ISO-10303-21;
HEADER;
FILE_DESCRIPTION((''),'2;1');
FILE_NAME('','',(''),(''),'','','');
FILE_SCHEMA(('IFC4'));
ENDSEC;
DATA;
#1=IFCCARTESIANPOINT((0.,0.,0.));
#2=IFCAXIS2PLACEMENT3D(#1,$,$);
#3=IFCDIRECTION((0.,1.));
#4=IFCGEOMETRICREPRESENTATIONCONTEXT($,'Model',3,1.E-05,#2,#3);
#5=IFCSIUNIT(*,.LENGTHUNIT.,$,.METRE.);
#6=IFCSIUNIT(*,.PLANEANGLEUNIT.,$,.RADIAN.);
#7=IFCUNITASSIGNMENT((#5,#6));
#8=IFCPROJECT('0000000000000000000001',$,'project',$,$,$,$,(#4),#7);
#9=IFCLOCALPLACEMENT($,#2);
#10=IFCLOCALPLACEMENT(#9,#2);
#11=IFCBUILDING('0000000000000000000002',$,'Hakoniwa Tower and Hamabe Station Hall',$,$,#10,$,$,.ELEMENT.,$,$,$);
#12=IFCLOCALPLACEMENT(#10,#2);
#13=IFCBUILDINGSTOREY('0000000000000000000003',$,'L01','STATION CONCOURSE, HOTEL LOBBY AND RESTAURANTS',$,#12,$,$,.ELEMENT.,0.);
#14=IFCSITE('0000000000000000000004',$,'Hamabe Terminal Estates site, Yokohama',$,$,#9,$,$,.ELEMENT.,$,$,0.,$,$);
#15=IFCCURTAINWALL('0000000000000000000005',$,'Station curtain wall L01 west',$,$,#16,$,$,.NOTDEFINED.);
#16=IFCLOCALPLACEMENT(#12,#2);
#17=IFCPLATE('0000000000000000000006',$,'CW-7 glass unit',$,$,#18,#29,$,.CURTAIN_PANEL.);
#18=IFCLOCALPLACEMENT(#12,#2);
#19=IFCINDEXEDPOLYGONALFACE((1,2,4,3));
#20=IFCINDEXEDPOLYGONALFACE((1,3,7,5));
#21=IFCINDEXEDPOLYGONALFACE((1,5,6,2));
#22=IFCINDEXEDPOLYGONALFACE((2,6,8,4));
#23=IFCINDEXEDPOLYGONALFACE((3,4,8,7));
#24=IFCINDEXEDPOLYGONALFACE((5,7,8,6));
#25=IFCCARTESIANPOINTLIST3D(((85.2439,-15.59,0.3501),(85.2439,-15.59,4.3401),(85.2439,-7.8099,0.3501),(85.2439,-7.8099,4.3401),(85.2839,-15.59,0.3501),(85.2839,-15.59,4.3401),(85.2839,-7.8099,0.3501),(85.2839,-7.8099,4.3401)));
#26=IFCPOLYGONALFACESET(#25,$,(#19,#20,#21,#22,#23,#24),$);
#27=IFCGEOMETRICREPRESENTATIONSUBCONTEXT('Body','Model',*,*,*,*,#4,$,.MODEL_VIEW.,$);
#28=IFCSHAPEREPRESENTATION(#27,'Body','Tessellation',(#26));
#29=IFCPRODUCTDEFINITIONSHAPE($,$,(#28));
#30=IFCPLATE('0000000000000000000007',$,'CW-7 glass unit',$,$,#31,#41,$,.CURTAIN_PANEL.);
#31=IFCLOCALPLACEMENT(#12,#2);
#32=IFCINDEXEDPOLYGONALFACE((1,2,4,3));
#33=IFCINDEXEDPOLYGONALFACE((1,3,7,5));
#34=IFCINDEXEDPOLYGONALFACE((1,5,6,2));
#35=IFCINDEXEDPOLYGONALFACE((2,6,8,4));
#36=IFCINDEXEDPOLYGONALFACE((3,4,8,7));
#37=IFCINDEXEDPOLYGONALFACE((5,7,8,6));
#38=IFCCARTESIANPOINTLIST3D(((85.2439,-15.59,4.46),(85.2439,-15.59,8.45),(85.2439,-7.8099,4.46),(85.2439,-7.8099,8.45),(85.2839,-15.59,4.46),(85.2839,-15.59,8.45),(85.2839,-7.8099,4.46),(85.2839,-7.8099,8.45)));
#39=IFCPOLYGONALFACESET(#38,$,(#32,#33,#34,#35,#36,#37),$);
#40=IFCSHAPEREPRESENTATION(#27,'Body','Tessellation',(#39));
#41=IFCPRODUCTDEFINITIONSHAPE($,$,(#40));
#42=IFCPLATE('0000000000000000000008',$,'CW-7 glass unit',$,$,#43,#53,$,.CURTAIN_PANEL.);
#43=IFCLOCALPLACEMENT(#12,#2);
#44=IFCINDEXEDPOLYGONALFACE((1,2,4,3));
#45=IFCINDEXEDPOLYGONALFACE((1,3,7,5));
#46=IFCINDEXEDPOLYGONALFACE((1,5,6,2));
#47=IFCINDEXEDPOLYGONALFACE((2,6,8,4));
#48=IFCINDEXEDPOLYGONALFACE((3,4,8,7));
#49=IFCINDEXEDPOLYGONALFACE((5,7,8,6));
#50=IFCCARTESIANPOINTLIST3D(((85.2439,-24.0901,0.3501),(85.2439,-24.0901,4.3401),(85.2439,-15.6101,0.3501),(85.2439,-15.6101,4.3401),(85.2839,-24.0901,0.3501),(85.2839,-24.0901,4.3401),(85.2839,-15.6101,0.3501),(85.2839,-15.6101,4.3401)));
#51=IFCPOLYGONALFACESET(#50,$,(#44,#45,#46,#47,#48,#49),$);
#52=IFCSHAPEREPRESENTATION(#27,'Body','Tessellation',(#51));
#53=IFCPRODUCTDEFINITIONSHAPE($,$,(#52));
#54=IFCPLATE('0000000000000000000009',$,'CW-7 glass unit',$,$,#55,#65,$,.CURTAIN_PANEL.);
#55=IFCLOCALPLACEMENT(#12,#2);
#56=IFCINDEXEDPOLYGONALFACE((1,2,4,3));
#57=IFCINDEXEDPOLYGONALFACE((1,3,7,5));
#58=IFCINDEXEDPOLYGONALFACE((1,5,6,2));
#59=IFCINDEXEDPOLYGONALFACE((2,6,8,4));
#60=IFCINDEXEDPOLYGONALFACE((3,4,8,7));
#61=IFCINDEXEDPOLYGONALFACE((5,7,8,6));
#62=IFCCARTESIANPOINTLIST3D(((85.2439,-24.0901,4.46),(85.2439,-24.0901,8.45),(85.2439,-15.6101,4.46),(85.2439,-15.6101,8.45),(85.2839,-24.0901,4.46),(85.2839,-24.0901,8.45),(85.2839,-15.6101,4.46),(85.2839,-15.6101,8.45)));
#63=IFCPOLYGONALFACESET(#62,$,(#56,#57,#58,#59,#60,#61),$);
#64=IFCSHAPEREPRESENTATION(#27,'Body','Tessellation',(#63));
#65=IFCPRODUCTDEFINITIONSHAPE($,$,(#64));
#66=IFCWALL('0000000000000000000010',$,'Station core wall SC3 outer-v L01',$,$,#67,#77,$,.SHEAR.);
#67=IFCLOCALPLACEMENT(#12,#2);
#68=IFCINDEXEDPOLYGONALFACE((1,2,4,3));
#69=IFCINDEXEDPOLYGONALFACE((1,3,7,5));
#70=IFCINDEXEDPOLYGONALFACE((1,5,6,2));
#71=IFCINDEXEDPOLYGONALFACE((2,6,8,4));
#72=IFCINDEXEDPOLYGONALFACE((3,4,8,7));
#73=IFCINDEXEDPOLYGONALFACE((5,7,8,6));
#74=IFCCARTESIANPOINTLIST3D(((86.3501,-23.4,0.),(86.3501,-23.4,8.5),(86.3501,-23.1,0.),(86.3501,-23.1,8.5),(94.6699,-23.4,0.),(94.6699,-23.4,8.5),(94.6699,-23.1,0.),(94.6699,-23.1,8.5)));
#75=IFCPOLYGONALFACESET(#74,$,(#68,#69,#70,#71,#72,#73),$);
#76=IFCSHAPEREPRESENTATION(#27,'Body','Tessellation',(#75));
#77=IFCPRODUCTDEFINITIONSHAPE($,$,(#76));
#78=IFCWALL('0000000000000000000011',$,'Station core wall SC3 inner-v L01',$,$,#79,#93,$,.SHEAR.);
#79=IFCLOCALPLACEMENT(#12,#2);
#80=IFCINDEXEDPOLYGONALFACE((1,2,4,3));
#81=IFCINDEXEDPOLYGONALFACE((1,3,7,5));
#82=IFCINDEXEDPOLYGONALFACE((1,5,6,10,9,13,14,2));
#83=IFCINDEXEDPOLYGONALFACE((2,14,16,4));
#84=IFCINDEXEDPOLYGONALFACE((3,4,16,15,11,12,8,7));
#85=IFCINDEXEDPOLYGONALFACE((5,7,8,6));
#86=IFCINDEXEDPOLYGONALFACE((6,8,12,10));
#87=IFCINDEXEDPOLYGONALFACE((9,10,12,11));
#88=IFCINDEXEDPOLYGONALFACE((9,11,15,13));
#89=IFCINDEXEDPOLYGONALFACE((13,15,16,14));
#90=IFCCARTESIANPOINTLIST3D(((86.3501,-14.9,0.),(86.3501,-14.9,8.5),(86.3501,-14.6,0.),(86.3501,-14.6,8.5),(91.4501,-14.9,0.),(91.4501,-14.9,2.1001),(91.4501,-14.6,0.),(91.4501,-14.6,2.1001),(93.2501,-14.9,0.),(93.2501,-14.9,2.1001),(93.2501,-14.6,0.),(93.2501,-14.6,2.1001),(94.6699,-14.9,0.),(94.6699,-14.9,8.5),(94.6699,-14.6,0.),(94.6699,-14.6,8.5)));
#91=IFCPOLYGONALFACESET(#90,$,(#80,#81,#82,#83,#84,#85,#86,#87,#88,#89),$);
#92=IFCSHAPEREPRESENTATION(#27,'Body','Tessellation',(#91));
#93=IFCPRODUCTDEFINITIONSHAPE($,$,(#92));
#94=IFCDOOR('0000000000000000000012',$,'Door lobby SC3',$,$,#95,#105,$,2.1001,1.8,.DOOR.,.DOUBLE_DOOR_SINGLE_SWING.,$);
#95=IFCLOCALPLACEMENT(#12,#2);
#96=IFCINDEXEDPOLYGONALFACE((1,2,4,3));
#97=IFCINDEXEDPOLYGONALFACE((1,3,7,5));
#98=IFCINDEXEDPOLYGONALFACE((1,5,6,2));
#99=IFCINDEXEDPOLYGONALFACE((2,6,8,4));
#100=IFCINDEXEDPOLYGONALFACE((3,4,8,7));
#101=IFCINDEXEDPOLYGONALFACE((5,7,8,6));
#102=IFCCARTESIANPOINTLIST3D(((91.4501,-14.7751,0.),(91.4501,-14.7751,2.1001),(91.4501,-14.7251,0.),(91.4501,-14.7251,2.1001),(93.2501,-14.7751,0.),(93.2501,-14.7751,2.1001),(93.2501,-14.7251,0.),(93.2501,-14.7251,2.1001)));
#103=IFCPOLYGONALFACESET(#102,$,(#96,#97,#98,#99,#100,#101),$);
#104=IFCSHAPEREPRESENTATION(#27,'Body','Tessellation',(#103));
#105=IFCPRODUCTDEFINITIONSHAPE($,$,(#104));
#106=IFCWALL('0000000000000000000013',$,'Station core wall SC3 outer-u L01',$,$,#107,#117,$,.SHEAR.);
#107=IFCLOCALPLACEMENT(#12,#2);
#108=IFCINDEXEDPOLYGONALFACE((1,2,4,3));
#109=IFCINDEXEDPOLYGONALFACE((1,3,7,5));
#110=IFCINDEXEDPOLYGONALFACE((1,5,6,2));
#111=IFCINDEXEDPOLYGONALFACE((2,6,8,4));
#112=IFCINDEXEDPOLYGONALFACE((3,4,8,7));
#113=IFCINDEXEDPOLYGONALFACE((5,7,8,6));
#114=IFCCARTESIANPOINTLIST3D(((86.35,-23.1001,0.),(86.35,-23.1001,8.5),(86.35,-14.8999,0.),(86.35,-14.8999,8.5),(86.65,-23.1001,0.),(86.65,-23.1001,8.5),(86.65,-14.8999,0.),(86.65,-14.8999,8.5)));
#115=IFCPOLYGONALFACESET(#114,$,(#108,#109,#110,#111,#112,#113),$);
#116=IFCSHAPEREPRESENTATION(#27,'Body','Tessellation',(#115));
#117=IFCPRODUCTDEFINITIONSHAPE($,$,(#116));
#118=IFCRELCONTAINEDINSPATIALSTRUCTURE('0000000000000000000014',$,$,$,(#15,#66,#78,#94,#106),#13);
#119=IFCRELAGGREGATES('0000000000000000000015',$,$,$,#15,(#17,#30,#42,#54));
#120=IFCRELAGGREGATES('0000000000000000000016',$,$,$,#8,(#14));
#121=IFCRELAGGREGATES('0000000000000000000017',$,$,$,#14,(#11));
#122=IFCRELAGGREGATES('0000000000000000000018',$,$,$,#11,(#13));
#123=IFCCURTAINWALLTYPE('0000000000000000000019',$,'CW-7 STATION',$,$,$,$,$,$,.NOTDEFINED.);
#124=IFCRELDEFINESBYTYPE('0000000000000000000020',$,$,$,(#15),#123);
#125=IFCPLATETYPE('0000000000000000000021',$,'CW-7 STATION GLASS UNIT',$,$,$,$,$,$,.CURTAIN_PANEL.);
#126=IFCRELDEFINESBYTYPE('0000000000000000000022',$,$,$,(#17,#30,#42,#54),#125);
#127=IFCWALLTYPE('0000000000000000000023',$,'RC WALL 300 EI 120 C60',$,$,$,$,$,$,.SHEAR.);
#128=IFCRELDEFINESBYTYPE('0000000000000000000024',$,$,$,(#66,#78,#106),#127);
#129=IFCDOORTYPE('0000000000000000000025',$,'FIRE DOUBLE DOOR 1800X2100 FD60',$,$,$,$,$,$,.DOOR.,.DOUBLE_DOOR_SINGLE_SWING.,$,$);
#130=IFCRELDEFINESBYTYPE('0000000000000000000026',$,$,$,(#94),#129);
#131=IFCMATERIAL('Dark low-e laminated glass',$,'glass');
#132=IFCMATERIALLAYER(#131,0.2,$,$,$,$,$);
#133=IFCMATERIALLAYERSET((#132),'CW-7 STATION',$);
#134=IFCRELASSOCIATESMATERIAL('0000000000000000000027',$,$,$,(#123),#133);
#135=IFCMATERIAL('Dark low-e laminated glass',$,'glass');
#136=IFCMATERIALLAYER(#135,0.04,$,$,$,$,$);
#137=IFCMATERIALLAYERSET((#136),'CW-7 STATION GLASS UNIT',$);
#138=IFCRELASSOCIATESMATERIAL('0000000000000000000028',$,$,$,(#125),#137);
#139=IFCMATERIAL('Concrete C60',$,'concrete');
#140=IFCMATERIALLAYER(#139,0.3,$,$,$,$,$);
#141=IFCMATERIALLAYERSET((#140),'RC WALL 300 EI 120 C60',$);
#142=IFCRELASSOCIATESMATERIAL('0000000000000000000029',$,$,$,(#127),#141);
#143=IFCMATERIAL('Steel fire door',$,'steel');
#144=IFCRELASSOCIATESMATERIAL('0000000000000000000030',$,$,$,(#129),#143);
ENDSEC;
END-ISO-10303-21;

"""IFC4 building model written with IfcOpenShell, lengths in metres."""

from ifc_helpers import new_model, si_unit, direction, frame, frame_2d, origin, origin_2d, place, context, subcontext, project, spatial, rectangle, extrude, material, layer, layer_set, type_object, element, fill, aggregate, save


model = new_model("IFC4")

# Units and contexts
model_context = context("Model", 3, precision=1e-05, world=origin(), true_north=direction((0.0, 1.0)))
body_context = subcontext(model_context, "Body", "Model", "MODEL_VIEW")
ifc_project = project(units=[si_unit("LENGTHUNIT", "METRE"), si_unit("PLANEANGLEUNIT", "RADIAN")], contexts=[model_context])

# Site, building, storey
site_placement = place(None, origin())
site = spatial("IfcSite", under=ifc_project, at=site_placement, Name="Hamabe Terminal Estates site, Yokohama", CompositionType="ELEMENT", RefElevation=0.0)
building_placement = place(site_placement, origin())
building = spatial("IfcBuilding", under=site, at=building_placement, Name="Hakoniwa Tower and Hamabe Station Hall", CompositionType="ELEMENT")
storey_placement = place(building_placement, origin())
storey = spatial("IfcBuildingStorey", under=building, at=storey_placement, Name="L01", Description="STATION CONCOURSE, HOTEL LOBBY AND RESTAURANTS", CompositionType="ELEMENT", Elevation=0.0)

# Shared definitions
ifc_material_1 = material(Name="Dark low-e laminated glass", Category="glass")
ifc_layer_1 = layer(ifc_material_1, 0.2)
ifc_layer_set_1 = layer_set([ifc_layer_1], Name="CW-7 STATION")
curtain_wall_type = type_object("IfcCurtainWallType", Name="CW-7 STATION", PredefinedType="NOTDEFINED", material=ifc_layer_set_1)

# Curtain wall, plates
curtain_wall_1_placement = place(storey_placement, origin())
curtain_wall_1 = element("IfcCurtainWall", 1, at=curtain_wall_1_placement, inside=storey, type_object=curtain_wall_type, Name="Station curtain wall L01 west", PredefinedType="NOTDEFINED")
ifc_material_2 = material(Name="Dark low-e laminated glass", Category="glass")
ifc_layer_2 = layer(ifc_material_2, 0.04)
ifc_layer_set_2 = layer_set([ifc_layer_2], Name="CW-7 STATION GLASS UNIT")
plate_type = type_object("IfcPlateType", Name="CW-7 STATION GLASS UNIT", PredefinedType="CURTAIN_PANEL", material=ifc_layer_set_2)
plate_1_placement = place(storey_placement, frame((85.2639, -11.7, 0.3501), z_axis=(0.0, 0.0, 1.0), x_axis=(0.0, -1.0, 0.0)))
plate_1 = element("IfcPlate", 2, at=plate_1_placement, type_object=plate_type, Name="CW-7 glass unit", PredefinedType="CURTAIN_PANEL", context=body_context, shape_type="SweptSolid", body=[
    extrude(rectangle(XDim=7.78, YDim=0.04, at=origin_2d()), origin(), (0.0, 0.0, 1.0), 3.99),
])
plate_2_placement = place(storey_placement, frame((85.2639, -11.7, 4.46), z_axis=(0.0, 0.0, 1.0), x_axis=(0.0, -1.0, 0.0)))
plate_2 = element("IfcPlate", 3, at=plate_2_placement, type_object=plate_type, Name="CW-7 glass unit", PredefinedType="CURTAIN_PANEL", context=body_context, shape_type="SweptSolid", body=[
    extrude(rectangle(XDim=7.78, YDim=0.04, at=origin_2d()), origin(), (0.0, 0.0, 1.0), 3.99),
])
plate_3_placement = place(storey_placement, frame((85.2639, -19.8501, 0.3501), z_axis=(0.0, 0.0, 1.0), x_axis=(0.0, -1.0, 0.0)))
plate_3 = element("IfcPlate", 4, at=plate_3_placement, type_object=plate_type, Name="CW-7 glass unit", PredefinedType="CURTAIN_PANEL", context=body_context, shape_type="SweptSolid", body=[
    extrude(rectangle(XDim=8.48, YDim=0.04, at=origin_2d()), origin(), (0.0, 0.0, 1.0), 3.99),
])
plate_4_placement = place(storey_placement, frame((85.2639, -19.8501, 4.46), z_axis=(0.0, 0.0, 1.0), x_axis=(0.0, -1.0, 0.0)))
plate_4 = element("IfcPlate", 5, at=plate_4_placement, type_object=plate_type, Name="CW-7 glass unit", PredefinedType="CURTAIN_PANEL", context=body_context, shape_type="SweptSolid", body=[
    extrude(rectangle(XDim=8.48, YDim=0.04, at=origin_2d()), origin(), (0.0, 0.0, 1.0), 3.99),
])
aggregate(curtain_wall_1, [plate_1, plate_2, plate_3, plate_4])

# Wall
ifc_material_3 = material(Name="Concrete C60", Category="concrete")
ifc_layer_3 = layer(ifc_material_3, 0.3)
ifc_layer_set_3 = layer_set([ifc_layer_3], Name="RC WALL 300 EI 120 C60")
wall_type = type_object("IfcWallType", Name="RC WALL 300 EI 120 C60", PredefinedType="SHEAR", material=ifc_layer_set_3)
wall_1_placement = place(storey_placement, frame((86.3501, -23.25, 0.0), z_axis=(0.0, 0.0, 1.0), x_axis=(1.0, 0.0, 0.0)))
element("IfcWall", 6, at=wall_1_placement, inside=storey, type_object=wall_type, Name="Station core wall SC3 outer-v L01", PredefinedType="SHEAR", context=body_context, shape_type="SweptSolid", body=[
    extrude(rectangle(XDim=8.3198, YDim=0.3, at=frame_2d((4.1599, 0.0))), origin(), (0.0, 0.0, 1.0), 8.5),
])

# Wall, opening, door
wall_2_placement = place(storey_placement, frame((86.3501, -14.75, 0.0), z_axis=(0.0, 0.0, 1.0), x_axis=(1.0, 0.0, 0.0)))
wall_2 = element("IfcWall", 7, at=wall_2_placement, inside=storey, type_object=wall_type, Name="Station core wall SC3 inner-v L01", PredefinedType="SHEAR", context=body_context, shape_type="SweptSolid", body=[
    extrude(rectangle(XDim=8.3198, YDim=0.3, at=frame_2d((4.1599, 0.0))), origin(), (0.0, 0.0, 1.0), 8.5),
])
opening_placement = place(wall_2_placement, frame((5.1001, 0.0, 0.0)))
opening = element("IfcOpeningElement", 8, at=opening_placement, cuts=wall_2, PredefinedType="OPENING", context=body_context, shape_type="SweptSolid", body=[
    extrude(rectangle(XDim=1.8, YDim=2.1001, at=frame_2d((0.8999, 1.05))), frame((0.0, 0.1599, 0.0), z_axis=(0.0, -1.0, 0.0), x_axis=(1.0, 0.0, 0.0)), (0.0, 0.0, 1.0), 0.3201),
])
ifc_material_4 = material(Name="Steel fire door", Category="steel")
door_type = type_object("IfcDoorType", Name="FIRE DOUBLE DOOR 1800X2100 FD60", OperationType="DOUBLE_DOOR_SINGLE_SWING", PredefinedType="DOOR", material=ifc_material_4)
door_placement = place(opening_placement, origin())
door = element("IfcDoor", 9, at=door_placement, inside=storey, type_object=door_type, Name="Door lobby SC3", OperationType="DOUBLE_DOOR_SINGLE_SWING", OverallHeight=2.1001, OverallWidth=1.8, PredefinedType="DOOR", context=body_context, shape_type="SweptSolid", body=[
    extrude(rectangle(XDim=1.8, YDim=2.1001, at=frame_2d((0.8999, 1.05))), frame((0.0, 0.0249, 0.0), z_axis=(0.0, -1.0, 0.0), x_axis=(1.0, 0.0, 0.0)), (0.0, 0.0, 1.0), 0.05),
])
fill(opening, door)

# Wall
wall_3_placement = place(storey_placement, frame((86.5, -23.1001, 0.0), z_axis=(0.0, 0.0, 1.0), x_axis=(0.0, 1.0, 0.0)))
element("IfcWall", 10, at=wall_3_placement, inside=storey, type_object=wall_type, Name="Station core wall SC3 outer-u L01", PredefinedType="SHEAR", context=body_context, shape_type="SweptSolid", body=[
    extrude(rectangle(XDim=8.2002, YDim=0.3, at=frame_2d((4.1001, 0.0))), origin(), (0.0, 0.0, 1.0), 8.5),
])

save(model, "model.ifc")
